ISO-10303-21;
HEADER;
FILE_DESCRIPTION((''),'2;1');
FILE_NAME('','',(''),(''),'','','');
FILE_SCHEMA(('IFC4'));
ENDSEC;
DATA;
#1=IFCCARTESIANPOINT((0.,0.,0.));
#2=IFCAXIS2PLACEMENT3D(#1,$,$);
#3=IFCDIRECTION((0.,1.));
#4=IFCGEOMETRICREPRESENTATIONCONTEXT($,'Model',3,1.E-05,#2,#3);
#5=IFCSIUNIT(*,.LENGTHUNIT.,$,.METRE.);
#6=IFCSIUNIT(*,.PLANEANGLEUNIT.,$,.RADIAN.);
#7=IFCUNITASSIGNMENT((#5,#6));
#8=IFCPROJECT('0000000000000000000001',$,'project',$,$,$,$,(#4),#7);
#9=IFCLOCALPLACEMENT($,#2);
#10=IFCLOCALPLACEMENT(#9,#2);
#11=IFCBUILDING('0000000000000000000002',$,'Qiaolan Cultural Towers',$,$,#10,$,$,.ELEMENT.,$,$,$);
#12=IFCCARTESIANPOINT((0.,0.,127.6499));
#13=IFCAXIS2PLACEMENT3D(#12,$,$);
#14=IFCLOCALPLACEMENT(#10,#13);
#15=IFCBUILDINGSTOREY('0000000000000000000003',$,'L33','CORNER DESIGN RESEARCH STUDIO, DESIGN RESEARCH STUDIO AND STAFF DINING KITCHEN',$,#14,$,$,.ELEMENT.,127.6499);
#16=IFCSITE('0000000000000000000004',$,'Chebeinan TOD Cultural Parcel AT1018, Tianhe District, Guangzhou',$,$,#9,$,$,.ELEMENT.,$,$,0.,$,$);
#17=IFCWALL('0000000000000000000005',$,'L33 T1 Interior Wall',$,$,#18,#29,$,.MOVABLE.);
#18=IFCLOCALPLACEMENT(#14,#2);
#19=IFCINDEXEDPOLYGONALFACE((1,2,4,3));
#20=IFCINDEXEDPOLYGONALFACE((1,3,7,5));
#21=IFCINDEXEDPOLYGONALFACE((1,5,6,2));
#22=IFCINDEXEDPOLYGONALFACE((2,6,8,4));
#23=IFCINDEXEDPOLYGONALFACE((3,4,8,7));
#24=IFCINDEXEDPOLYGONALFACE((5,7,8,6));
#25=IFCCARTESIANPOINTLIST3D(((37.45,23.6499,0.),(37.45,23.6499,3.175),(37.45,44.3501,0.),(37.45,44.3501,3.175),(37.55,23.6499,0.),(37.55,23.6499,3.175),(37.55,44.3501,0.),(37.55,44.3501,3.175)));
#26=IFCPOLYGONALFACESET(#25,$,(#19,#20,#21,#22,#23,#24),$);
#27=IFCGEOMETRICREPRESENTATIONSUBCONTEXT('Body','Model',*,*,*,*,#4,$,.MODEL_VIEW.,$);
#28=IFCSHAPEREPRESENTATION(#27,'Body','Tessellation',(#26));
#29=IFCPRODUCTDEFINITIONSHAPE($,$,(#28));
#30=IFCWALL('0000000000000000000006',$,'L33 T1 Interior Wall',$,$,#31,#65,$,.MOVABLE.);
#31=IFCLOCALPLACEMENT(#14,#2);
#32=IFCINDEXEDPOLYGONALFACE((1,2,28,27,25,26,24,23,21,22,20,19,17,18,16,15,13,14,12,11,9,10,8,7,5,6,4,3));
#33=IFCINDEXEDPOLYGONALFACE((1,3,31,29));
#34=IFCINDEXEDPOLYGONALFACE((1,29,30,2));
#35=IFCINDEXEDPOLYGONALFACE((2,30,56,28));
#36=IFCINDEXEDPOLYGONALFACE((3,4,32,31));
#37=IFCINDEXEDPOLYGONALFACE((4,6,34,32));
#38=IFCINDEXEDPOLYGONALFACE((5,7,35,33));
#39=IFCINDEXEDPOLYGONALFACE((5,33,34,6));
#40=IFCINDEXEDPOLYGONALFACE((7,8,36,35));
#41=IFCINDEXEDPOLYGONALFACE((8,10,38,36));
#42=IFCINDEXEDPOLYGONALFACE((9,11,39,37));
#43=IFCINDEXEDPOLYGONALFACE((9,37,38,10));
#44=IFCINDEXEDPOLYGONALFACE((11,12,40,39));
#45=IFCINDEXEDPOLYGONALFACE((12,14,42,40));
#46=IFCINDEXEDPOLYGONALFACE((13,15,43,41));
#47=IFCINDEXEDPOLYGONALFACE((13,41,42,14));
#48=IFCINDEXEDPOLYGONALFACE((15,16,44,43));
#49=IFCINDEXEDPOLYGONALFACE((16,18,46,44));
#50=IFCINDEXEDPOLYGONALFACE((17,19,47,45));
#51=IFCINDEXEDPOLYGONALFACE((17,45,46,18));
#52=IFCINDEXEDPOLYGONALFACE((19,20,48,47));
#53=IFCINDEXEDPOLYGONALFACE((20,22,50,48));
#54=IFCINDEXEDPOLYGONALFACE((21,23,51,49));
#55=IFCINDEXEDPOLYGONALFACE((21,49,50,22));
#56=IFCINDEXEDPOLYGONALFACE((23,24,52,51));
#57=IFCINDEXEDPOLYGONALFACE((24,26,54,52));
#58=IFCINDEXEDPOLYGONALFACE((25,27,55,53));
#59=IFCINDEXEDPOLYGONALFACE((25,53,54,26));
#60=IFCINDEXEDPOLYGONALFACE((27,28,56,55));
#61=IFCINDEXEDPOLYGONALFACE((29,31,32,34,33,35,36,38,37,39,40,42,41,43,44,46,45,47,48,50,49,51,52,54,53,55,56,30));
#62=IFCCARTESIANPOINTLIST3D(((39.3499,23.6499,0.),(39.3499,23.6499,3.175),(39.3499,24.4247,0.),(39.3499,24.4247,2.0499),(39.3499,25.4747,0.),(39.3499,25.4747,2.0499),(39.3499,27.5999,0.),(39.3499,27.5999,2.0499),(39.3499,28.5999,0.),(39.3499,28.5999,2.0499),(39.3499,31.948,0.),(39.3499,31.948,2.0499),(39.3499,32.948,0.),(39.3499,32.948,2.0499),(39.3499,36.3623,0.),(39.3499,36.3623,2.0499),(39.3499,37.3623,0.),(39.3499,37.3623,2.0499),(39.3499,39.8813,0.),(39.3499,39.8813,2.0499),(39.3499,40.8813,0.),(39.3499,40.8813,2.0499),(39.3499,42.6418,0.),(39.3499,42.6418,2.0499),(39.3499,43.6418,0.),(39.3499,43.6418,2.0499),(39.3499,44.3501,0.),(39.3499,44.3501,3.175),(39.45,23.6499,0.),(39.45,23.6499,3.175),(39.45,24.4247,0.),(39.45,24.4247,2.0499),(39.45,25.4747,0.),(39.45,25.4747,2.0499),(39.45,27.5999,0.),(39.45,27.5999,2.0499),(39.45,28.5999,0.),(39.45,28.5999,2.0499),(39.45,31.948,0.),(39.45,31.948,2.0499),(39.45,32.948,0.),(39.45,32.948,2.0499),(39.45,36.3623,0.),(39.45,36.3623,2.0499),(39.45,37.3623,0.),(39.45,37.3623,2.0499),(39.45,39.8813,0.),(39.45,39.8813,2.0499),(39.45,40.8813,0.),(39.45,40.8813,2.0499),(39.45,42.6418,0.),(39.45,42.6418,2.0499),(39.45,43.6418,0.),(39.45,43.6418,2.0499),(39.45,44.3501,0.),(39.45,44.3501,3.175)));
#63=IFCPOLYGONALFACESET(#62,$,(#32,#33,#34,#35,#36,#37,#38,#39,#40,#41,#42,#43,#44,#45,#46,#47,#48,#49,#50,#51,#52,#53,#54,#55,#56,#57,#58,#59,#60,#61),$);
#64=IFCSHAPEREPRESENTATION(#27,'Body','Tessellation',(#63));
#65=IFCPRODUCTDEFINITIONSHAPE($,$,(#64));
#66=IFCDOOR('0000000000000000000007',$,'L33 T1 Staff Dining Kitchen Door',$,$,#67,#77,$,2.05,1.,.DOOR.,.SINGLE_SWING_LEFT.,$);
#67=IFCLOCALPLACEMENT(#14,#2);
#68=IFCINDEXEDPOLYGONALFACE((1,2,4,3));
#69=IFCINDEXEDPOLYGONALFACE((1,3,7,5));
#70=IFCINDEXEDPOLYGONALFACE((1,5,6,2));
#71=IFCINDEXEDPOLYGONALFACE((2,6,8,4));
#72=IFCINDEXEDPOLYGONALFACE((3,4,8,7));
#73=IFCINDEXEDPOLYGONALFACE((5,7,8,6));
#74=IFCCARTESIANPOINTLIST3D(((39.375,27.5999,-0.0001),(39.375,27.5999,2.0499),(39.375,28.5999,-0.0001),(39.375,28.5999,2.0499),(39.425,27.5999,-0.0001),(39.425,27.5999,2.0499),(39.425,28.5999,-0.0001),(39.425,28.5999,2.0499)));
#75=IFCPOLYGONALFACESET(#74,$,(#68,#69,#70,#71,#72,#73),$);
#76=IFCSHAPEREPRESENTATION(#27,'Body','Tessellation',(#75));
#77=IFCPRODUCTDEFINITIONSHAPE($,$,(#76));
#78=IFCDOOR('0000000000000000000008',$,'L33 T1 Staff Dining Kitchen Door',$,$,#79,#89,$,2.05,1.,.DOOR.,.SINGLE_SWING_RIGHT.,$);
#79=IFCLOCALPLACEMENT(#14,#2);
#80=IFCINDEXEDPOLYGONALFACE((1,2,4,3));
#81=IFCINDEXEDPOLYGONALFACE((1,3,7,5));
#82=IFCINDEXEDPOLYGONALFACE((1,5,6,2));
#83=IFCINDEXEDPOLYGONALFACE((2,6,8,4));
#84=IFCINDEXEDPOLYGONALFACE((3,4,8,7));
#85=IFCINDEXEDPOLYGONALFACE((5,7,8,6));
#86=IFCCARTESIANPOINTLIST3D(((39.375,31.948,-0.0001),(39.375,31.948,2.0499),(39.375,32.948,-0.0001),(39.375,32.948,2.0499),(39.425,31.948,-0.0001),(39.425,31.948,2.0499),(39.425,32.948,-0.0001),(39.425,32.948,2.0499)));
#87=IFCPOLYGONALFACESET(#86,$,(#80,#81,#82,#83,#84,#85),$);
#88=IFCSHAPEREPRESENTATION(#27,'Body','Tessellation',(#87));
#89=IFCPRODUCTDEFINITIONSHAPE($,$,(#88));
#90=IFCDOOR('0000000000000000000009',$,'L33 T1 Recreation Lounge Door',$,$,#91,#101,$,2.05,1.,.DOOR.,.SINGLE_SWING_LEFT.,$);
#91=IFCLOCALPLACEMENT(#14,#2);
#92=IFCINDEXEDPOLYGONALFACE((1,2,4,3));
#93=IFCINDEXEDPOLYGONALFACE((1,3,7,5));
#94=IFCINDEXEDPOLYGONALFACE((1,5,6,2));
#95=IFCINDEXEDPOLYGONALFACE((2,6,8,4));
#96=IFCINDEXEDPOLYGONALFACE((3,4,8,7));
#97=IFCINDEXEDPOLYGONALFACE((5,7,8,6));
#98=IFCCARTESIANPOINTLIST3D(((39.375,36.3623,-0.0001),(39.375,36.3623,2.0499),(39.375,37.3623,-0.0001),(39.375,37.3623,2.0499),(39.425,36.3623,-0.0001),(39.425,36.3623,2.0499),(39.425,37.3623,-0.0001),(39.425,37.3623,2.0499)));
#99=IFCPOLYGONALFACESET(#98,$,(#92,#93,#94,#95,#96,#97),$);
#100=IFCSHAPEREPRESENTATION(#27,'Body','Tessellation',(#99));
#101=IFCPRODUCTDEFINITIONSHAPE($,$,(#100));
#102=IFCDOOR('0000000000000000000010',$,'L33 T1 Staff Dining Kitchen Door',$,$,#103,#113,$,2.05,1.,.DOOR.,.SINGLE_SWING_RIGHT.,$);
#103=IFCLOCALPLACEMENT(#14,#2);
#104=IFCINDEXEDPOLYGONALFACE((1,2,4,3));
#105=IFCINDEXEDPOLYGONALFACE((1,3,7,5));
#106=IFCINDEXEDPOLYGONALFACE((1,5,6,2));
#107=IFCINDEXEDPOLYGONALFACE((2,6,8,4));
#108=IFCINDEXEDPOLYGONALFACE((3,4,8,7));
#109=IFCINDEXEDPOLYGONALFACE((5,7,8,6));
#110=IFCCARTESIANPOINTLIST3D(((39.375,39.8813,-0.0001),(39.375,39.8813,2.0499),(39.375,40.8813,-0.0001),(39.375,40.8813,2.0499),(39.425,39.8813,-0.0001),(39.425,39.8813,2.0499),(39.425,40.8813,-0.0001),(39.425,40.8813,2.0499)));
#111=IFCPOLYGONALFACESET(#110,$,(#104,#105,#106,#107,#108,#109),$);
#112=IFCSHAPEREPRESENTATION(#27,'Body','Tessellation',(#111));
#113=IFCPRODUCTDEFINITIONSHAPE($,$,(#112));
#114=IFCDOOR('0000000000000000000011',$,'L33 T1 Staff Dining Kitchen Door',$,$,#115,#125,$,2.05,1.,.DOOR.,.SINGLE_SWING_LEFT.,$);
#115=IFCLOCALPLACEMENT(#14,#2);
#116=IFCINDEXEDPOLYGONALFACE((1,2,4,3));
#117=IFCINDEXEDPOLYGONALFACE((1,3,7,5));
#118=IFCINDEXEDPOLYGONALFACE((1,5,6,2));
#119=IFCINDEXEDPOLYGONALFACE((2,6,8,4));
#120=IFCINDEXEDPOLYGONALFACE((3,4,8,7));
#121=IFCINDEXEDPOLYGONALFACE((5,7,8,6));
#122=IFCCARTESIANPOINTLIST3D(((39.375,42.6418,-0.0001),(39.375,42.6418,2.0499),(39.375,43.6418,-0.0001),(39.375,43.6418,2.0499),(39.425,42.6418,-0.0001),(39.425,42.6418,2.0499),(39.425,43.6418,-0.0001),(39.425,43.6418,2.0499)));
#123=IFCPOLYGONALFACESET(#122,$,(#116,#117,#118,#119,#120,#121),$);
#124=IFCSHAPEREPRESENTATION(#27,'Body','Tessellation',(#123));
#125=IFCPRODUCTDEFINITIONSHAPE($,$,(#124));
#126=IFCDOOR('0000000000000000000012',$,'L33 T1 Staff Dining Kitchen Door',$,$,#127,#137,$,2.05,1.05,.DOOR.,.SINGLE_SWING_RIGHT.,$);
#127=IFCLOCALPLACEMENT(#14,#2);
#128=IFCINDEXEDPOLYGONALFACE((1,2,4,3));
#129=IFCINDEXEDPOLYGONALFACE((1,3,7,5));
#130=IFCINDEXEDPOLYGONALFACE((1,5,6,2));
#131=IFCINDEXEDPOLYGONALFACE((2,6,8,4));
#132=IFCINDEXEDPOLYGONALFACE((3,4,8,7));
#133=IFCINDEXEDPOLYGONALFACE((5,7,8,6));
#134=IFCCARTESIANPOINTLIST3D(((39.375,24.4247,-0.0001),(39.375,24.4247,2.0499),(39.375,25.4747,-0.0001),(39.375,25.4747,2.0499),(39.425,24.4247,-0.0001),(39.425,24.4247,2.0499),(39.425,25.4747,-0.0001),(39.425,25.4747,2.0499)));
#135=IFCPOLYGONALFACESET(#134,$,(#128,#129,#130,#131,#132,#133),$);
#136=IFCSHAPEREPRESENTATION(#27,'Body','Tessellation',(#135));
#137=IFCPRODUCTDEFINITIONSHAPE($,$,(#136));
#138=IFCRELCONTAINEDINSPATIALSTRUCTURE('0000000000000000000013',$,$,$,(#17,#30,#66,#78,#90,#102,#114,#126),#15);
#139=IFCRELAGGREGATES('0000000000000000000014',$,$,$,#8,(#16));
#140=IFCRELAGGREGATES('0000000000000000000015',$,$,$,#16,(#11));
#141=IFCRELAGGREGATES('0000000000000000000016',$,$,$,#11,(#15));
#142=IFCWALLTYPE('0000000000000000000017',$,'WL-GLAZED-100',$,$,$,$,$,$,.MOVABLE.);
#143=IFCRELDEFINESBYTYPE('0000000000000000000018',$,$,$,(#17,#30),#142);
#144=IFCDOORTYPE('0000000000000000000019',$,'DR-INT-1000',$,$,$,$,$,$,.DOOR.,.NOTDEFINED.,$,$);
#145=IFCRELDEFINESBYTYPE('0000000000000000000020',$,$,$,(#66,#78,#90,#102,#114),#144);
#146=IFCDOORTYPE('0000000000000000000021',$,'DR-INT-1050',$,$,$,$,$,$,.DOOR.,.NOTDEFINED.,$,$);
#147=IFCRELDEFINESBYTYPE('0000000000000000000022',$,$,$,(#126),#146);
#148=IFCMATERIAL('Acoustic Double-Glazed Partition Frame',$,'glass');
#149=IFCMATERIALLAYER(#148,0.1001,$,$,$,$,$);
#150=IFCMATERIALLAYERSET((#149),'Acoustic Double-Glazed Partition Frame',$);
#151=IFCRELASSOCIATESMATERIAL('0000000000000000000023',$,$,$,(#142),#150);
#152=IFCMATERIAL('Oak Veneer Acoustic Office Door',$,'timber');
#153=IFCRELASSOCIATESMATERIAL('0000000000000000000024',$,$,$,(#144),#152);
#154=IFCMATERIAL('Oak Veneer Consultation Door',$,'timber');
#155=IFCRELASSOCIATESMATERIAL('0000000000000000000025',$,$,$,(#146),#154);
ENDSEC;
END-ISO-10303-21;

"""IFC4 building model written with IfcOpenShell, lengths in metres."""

from ifc_helpers import new_model, si_unit, direction, frame, frame_2d, origin, place, context, subcontext, project, spatial, rectangle, extrude, material, layer, layer_set, type_object, element, fill, save


model = new_model("IFC4")

# Units and contexts
model_context = context("Model", 3, precision=1e-05, world=origin(), true_north=direction((0.0, 1.0)))
body_context = subcontext(model_context, "Body", "Model", "MODEL_VIEW")
ifc_project = project(units=[si_unit("LENGTHUNIT", "METRE"), si_unit("PLANEANGLEUNIT", "RADIAN")], contexts=[model_context])

# Site, building, storey
site_placement = place(None, origin())
site = spatial("IfcSite", under=ifc_project, at=site_placement, Name="Chebeinan TOD Cultural Parcel AT1018, Tianhe District, Guangzhou", CompositionType="ELEMENT", RefElevation=0.0)
building_placement = place(site_placement, origin())
building = spatial("IfcBuilding", under=site, at=building_placement, Name="Qiaolan Cultural Towers", CompositionType="ELEMENT")
storey_placement = place(building_placement, frame((0.0, 0.0, 127.6499)))
storey = spatial("IfcBuildingStorey", under=building, at=storey_placement, Name="L33", Description="CORNER DESIGN RESEARCH STUDIO, DESIGN RESEARCH STUDIO AND STAFF DINING KITCHEN", CompositionType="ELEMENT", Elevation=127.6499)

# Wall
ifc_material_1 = material(Name="Acoustic Double-Glazed Partition Frame", Category="glass")
ifc_layer_1 = layer(ifc_material_1, 0.1001)
ifc_layer_set_1 = layer_set([ifc_layer_1], Name="Acoustic Double-Glazed Partition Frame")
wall_type_1 = type_object("IfcWallType", Name="WL-GLAZED-100", PredefinedType="MOVABLE", material=ifc_layer_set_1)
wall_1_placement = place(storey_placement, frame((37.5, 23.6499, 0.0), z_axis=(0.0, 0.0, 1.0), x_axis=(0.0, 1.0, 0.0)))
element("IfcWall", 1, at=wall_1_placement, inside=storey, type_object=wall_type_1, Name="L33 T1 Interior Wall", PredefinedType="MOVABLE", context=body_context, shape_type="SweptSolid", body=[
    extrude(rectangle(XDim=20.7002, YDim=0.1001, at=frame_2d((10.3501, 0.0))), origin(), (0.0, 0.0, 1.0), 3.175),
])

# Wall, openings, doors
wall_2_placement = place(storey_placement, frame((39.3999, 23.6499, 0.0), z_axis=(0.0, 0.0, 1.0), x_axis=(0.0, 1.0, 0.0)))
wall_2 = element("IfcWall", 2, at=wall_2_placement, inside=storey, type_object=wall_type_1, Name="L33 T1 Interior Wall", PredefinedType="MOVABLE", context=body_context, shape_type="SweptSolid", body=[
    extrude(rectangle(XDim=20.7002, YDim=0.1001, at=frame_2d((10.3501, 0.0))), origin(), (0.0, 0.0, 1.0), 3.175),
])
opening_1_placement = place(wall_2_placement, frame((0.7749, 0.0, 0.0)))
opening_1 = element("IfcOpeningElement", 3, at=opening_1_placement, cuts=wall_2, PredefinedType="OPENING", context=body_context, shape_type="SweptSolid", body=[
    extrude(rectangle(XDim=1.05, YDim=2.05, at=frame_2d((0.5249, 1.0249))), frame((0.0, 0.0601, 0.0), z_axis=(0.0, -1.0, 0.0), x_axis=(1.0, 0.0, 0.0)), (0.0, 0.0, 1.0), 0.1201),
])
opening_2_placement = place(wall_2_placement, frame((3.95, 0.0, 0.0)))
opening_2 = element("IfcOpeningElement", 4, at=opening_2_placement, cuts=wall_2, PredefinedType="OPENING", context=body_context, shape_type="SweptSolid", body=[
    extrude(rectangle(XDim=1.0, YDim=2.05, at=frame_2d((0.5, 1.0249))), frame((0.0, 0.0601, 0.0), z_axis=(0.0, -1.0, 0.0), x_axis=(1.0, 0.0, 0.0)), (0.0, 0.0, 1.0), 0.1201),
])
opening_3_placement = place(wall_2_placement, frame((8.2981, 0.0, 0.0)))
opening_3 = element("IfcOpeningElement", 5, at=opening_3_placement, cuts=wall_2, PredefinedType="OPENING", context=body_context, shape_type="SweptSolid", body=[
    extrude(rectangle(XDim=1.0, YDim=2.05, at=frame_2d((0.5, 1.0249))), frame((0.0, 0.0601, 0.0), z_axis=(0.0, -1.0, 0.0), x_axis=(1.0, 0.0, 0.0)), (0.0, 0.0, 1.0), 0.1201),
])
opening_4_placement = place(wall_2_placement, frame((12.7124, 0.0, 0.0)))
opening_4 = element("IfcOpeningElement", 6, at=opening_4_placement, cuts=wall_2, PredefinedType="OPENING", context=body_context, shape_type="SweptSolid", body=[
    extrude(rectangle(XDim=1.0, YDim=2.05, at=frame_2d((0.5, 1.0249))), frame((0.0, 0.0601, 0.0), z_axis=(0.0, -1.0, 0.0), x_axis=(1.0, 0.0, 0.0)), (0.0, 0.0, 1.0), 0.1201),
])
opening_5_placement = place(wall_2_placement, frame((16.2314, 0.0, 0.0)))
opening_5 = element("IfcOpeningElement", 7, at=opening_5_placement, cuts=wall_2, PredefinedType="OPENING", context=body_context, shape_type="SweptSolid", body=[
    extrude(rectangle(XDim=1.0, YDim=2.05, at=frame_2d((0.5, 1.0249))), frame((0.0, 0.0601, 0.0), z_axis=(0.0, -1.0, 0.0), x_axis=(1.0, 0.0, 0.0)), (0.0, 0.0, 1.0), 0.1201),
])
opening_6_placement = place(wall_2_placement, frame((18.9919, 0.0, 0.0)))
opening_6 = element("IfcOpeningElement", 8, at=opening_6_placement, cuts=wall_2, PredefinedType="OPENING", context=body_context, shape_type="SweptSolid", body=[
    extrude(rectangle(XDim=1.0, YDim=2.05, at=frame_2d((0.5, 1.0249))), frame((0.0, 0.0601, 0.0), z_axis=(0.0, -1.0, 0.0), x_axis=(1.0, 0.0, 0.0)), (0.0, 0.0, 1.0), 0.1201),
])
ifc_material_2 = material(Name="Oak Veneer Acoustic Office Door", Category="timber")
door_type_1 = type_object("IfcDoorType", Name="DR-INT-1000", OperationType="NOTDEFINED", PredefinedType="DOOR", material=ifc_material_2)
door_1_placement = place(opening_2_placement, origin())
door_1 = element("IfcDoor", 9, at=door_1_placement, inside=storey, type_object=door_type_1, Name="L33 T1 Staff Dining Kitchen Door", OperationType="SINGLE_SWING_LEFT", OverallHeight=2.05, OverallWidth=1.0, PredefinedType="DOOR", context=body_context, shape_type="SweptSolid", body=[
    extrude(rectangle(XDim=1.0, YDim=2.05, at=frame_2d((0.5, 1.0249))), frame((0.0, 0.0249, 0.0), z_axis=(0.0, -1.0, 0.0), x_axis=(1.0, 0.0, 0.0)), (0.0, 0.0, 1.0), 0.05),
])
fill(opening_2, door_1)
door_2_placement = place(opening_3_placement, origin())
door_2 = element("IfcDoor", 10, at=door_2_placement, inside=storey, type_object=door_type_1, Name="L33 T1 Staff Dining Kitchen Door", OperationType="SINGLE_SWING_RIGHT", OverallHeight=2.05, OverallWidth=1.0, PredefinedType="DOOR", context=body_context, shape_type="SweptSolid", body=[
    extrude(rectangle(XDim=1.0, YDim=2.05, at=frame_2d((0.5, 1.0249))), frame((0.0, 0.0249, 0.0), z_axis=(0.0, -1.0, 0.0), x_axis=(1.0, 0.0, 0.0)), (0.0, 0.0, 1.0), 0.05),
])
fill(opening_3, door_2)
door_3_placement = place(opening_4_placement, origin())
door_3 = element("IfcDoor", 11, at=door_3_placement, inside=storey, type_object=door_type_1, Name="L33 T1 Recreation Lounge Door", OperationType="SINGLE_SWING_LEFT", OverallHeight=2.05, OverallWidth=1.0, PredefinedType="DOOR", context=body_context, shape_type="SweptSolid", body=[
    extrude(rectangle(XDim=1.0, YDim=2.05, at=frame_2d((0.5, 1.0249))), frame((0.0, 0.0249, 0.0), z_axis=(0.0, -1.0, 0.0), x_axis=(1.0, 0.0, 0.0)), (0.0, 0.0, 1.0), 0.05),
])
fill(opening_4, door_3)
door_4_placement = place(opening_5_placement, origin())
door_4 = element("IfcDoor", 12, at=door_4_placement, inside=storey, type_object=door_type_1, Name="L33 T1 Staff Dining Kitchen Door", OperationType="SINGLE_SWING_RIGHT", OverallHeight=2.05, OverallWidth=1.0, PredefinedType="DOOR", context=body_context, shape_type="SweptSolid", body=[
    extrude(rectangle(XDim=1.0, YDim=2.05, at=frame_2d((0.5, 1.0249))), frame((0.0, 0.0249, 0.0), z_axis=(0.0, -1.0, 0.0), x_axis=(1.0, 0.0, 0.0)), (0.0, 0.0, 1.0), 0.05),
])
fill(opening_5, door_4)
door_5_placement = place(opening_6_placement, origin())
door_5 = element("IfcDoor", 13, at=door_5_placement, inside=storey, type_object=door_type_1, Name="L33 T1 Staff Dining Kitchen Door", OperationType="SINGLE_SWING_LEFT", OverallHeight=2.05, OverallWidth=1.0, PredefinedType="DOOR", context=body_context, shape_type="SweptSolid", body=[
    extrude(rectangle(XDim=1.0, YDim=2.05, at=frame_2d((0.5, 1.0249))), frame((0.0, 0.0249, 0.0), z_axis=(0.0, -1.0, 0.0), x_axis=(1.0, 0.0, 0.0)), (0.0, 0.0, 1.0), 0.05),
])
fill(opening_6, door_5)
ifc_material_3 = material(Name="Oak Veneer Consultation Door", Category="timber")
door_type_2 = type_object("IfcDoorType", Name="DR-INT-1050", OperationType="NOTDEFINED", PredefinedType="DOOR", material=ifc_material_3)
door_6_placement = place(opening_1_placement, origin())
door_6 = element("IfcDoor", 14, at=door_6_placement, inside=storey, type_object=door_type_2, Name="L33 T1 Staff Dining Kitchen Door", OperationType="SINGLE_SWING_RIGHT", OverallHeight=2.05, OverallWidth=1.05, PredefinedType="DOOR", context=body_context, shape_type="SweptSolid", body=[
    extrude(rectangle(XDim=1.05, YDim=2.05, at=frame_2d((0.5249, 1.0249))), frame((0.0, 0.0249, 0.0), z_axis=(0.0, -1.0, 0.0), x_axis=(1.0, 0.0, 0.0)), (0.0, 0.0, 1.0), 0.05),
])
fill(opening_1, door_6)

save(model, "model.ifc")
